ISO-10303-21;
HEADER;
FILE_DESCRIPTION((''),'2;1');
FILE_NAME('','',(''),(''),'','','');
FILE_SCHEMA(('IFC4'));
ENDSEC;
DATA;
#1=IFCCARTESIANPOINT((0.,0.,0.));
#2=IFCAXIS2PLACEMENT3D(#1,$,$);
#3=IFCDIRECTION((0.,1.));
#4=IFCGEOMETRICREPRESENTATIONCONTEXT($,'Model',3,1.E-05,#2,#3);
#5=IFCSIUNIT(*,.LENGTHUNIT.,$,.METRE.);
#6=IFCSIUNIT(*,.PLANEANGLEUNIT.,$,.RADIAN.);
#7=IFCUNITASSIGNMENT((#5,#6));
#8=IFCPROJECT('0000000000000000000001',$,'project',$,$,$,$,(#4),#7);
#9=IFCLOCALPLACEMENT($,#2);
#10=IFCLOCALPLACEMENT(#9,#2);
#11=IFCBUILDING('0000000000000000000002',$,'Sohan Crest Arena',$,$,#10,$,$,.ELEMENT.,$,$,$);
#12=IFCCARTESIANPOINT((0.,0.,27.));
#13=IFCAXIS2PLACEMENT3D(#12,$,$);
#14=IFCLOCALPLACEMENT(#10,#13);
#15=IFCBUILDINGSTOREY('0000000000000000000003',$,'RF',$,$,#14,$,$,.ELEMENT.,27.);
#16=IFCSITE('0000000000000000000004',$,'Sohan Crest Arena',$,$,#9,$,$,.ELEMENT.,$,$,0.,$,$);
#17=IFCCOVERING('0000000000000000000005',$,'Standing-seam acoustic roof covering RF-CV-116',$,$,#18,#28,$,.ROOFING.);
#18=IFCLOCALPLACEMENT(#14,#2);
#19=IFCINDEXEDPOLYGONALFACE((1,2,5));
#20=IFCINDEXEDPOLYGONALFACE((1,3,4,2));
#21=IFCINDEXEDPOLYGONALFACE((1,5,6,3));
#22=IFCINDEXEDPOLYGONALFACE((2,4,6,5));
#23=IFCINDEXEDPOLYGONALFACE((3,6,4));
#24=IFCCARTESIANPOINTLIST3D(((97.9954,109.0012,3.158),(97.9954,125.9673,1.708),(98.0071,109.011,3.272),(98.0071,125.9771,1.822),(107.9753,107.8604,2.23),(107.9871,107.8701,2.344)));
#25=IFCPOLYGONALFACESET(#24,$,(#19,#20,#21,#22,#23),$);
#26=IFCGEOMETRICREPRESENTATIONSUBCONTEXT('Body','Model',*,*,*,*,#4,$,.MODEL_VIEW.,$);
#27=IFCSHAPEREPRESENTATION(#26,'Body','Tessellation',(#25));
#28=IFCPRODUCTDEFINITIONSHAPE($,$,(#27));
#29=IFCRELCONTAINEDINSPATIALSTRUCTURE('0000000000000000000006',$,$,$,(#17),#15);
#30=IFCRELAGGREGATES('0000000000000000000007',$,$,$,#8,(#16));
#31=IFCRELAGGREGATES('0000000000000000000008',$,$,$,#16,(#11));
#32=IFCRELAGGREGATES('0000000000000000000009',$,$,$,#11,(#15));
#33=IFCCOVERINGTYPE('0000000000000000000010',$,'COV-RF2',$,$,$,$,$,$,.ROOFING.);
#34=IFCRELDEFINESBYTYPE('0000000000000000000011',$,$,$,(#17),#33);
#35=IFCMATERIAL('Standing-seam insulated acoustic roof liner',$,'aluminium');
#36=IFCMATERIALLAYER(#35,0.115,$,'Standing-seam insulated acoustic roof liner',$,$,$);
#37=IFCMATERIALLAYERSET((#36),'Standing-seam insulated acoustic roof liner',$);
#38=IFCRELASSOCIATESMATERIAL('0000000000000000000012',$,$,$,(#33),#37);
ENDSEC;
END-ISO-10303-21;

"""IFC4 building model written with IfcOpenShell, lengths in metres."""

from ifc_helpers import new_model, si_unit, direction, frame, origin, place, context, subcontext, project, spatial, polyline, outline, extrude, material, layer, layer_set, type_object, element, save


model = new_model("IFC4")

# Units and contexts
model_context = context("Model", 3, precision=1e-05, world=origin(), true_north=direction((0.0, 1.0)))
body_context = subcontext(model_context, "Body", "Model", "MODEL_VIEW")
ifc_project = project(units=[si_unit("LENGTHUNIT", "METRE"), si_unit("PLANEANGLEUNIT", "RADIAN")], contexts=[model_context])

# Site, building, storey
site_placement = place(None, origin())
site = spatial("IfcSite", under=ifc_project, at=site_placement, Name="Sohan Crest Arena", CompositionType="ELEMENT", RefElevation=0.0)
building_placement = place(site_placement, origin())
building = spatial("IfcBuilding", under=site, at=building_placement, Name="Sohan Crest Arena", CompositionType="ELEMENT")
storey_placement = place(building_placement, frame((0.0, 0.0, 27.0)))
storey = spatial("IfcBuildingStorey", under=building, at=storey_placement, Name="RF", CompositionType="ELEMENT", Elevation=27.0)

# Covering
ifc_material_1 = material(Name="Standing-seam insulated acoustic roof liner", Category="aluminium")
ifc_layer_1 = layer(ifc_material_1, 0.115, Name="Standing-seam insulated acoustic roof liner")
ifc_layer_set_1 = layer_set([ifc_layer_1], Name="Standing-seam insulated acoustic roof liner")
covering_type = type_object("IfcCoveringType", Name="COV-RF2", PredefinedType="ROOFING", material=ifc_layer_set_1)
covering_1_placement = place(storey_placement, frame((107.9871, 107.8701, 2.344), z_axis=(0.101848, 0.084709, 0.991187), x_axis=(-0.482551, 0.875504, -0.025238)))
element("IfcCovering", 1, at=covering_1_placement, inside=storey, type_object=covering_type, Name="Standing-seam acoustic roof covering RF-CV-116", PredefinedType="ROOFING", context=body_context, shape_type="SweptSolid", body=[
    extrude(outline(polyline([(0.0, 0.0), (20.6817, 0.0), (5.7913, 8.2598), (0.0, 0.0)])), origin(), (0.0, 0.0, -1.0), 0.115),
])

save(model, "model.ifc")
